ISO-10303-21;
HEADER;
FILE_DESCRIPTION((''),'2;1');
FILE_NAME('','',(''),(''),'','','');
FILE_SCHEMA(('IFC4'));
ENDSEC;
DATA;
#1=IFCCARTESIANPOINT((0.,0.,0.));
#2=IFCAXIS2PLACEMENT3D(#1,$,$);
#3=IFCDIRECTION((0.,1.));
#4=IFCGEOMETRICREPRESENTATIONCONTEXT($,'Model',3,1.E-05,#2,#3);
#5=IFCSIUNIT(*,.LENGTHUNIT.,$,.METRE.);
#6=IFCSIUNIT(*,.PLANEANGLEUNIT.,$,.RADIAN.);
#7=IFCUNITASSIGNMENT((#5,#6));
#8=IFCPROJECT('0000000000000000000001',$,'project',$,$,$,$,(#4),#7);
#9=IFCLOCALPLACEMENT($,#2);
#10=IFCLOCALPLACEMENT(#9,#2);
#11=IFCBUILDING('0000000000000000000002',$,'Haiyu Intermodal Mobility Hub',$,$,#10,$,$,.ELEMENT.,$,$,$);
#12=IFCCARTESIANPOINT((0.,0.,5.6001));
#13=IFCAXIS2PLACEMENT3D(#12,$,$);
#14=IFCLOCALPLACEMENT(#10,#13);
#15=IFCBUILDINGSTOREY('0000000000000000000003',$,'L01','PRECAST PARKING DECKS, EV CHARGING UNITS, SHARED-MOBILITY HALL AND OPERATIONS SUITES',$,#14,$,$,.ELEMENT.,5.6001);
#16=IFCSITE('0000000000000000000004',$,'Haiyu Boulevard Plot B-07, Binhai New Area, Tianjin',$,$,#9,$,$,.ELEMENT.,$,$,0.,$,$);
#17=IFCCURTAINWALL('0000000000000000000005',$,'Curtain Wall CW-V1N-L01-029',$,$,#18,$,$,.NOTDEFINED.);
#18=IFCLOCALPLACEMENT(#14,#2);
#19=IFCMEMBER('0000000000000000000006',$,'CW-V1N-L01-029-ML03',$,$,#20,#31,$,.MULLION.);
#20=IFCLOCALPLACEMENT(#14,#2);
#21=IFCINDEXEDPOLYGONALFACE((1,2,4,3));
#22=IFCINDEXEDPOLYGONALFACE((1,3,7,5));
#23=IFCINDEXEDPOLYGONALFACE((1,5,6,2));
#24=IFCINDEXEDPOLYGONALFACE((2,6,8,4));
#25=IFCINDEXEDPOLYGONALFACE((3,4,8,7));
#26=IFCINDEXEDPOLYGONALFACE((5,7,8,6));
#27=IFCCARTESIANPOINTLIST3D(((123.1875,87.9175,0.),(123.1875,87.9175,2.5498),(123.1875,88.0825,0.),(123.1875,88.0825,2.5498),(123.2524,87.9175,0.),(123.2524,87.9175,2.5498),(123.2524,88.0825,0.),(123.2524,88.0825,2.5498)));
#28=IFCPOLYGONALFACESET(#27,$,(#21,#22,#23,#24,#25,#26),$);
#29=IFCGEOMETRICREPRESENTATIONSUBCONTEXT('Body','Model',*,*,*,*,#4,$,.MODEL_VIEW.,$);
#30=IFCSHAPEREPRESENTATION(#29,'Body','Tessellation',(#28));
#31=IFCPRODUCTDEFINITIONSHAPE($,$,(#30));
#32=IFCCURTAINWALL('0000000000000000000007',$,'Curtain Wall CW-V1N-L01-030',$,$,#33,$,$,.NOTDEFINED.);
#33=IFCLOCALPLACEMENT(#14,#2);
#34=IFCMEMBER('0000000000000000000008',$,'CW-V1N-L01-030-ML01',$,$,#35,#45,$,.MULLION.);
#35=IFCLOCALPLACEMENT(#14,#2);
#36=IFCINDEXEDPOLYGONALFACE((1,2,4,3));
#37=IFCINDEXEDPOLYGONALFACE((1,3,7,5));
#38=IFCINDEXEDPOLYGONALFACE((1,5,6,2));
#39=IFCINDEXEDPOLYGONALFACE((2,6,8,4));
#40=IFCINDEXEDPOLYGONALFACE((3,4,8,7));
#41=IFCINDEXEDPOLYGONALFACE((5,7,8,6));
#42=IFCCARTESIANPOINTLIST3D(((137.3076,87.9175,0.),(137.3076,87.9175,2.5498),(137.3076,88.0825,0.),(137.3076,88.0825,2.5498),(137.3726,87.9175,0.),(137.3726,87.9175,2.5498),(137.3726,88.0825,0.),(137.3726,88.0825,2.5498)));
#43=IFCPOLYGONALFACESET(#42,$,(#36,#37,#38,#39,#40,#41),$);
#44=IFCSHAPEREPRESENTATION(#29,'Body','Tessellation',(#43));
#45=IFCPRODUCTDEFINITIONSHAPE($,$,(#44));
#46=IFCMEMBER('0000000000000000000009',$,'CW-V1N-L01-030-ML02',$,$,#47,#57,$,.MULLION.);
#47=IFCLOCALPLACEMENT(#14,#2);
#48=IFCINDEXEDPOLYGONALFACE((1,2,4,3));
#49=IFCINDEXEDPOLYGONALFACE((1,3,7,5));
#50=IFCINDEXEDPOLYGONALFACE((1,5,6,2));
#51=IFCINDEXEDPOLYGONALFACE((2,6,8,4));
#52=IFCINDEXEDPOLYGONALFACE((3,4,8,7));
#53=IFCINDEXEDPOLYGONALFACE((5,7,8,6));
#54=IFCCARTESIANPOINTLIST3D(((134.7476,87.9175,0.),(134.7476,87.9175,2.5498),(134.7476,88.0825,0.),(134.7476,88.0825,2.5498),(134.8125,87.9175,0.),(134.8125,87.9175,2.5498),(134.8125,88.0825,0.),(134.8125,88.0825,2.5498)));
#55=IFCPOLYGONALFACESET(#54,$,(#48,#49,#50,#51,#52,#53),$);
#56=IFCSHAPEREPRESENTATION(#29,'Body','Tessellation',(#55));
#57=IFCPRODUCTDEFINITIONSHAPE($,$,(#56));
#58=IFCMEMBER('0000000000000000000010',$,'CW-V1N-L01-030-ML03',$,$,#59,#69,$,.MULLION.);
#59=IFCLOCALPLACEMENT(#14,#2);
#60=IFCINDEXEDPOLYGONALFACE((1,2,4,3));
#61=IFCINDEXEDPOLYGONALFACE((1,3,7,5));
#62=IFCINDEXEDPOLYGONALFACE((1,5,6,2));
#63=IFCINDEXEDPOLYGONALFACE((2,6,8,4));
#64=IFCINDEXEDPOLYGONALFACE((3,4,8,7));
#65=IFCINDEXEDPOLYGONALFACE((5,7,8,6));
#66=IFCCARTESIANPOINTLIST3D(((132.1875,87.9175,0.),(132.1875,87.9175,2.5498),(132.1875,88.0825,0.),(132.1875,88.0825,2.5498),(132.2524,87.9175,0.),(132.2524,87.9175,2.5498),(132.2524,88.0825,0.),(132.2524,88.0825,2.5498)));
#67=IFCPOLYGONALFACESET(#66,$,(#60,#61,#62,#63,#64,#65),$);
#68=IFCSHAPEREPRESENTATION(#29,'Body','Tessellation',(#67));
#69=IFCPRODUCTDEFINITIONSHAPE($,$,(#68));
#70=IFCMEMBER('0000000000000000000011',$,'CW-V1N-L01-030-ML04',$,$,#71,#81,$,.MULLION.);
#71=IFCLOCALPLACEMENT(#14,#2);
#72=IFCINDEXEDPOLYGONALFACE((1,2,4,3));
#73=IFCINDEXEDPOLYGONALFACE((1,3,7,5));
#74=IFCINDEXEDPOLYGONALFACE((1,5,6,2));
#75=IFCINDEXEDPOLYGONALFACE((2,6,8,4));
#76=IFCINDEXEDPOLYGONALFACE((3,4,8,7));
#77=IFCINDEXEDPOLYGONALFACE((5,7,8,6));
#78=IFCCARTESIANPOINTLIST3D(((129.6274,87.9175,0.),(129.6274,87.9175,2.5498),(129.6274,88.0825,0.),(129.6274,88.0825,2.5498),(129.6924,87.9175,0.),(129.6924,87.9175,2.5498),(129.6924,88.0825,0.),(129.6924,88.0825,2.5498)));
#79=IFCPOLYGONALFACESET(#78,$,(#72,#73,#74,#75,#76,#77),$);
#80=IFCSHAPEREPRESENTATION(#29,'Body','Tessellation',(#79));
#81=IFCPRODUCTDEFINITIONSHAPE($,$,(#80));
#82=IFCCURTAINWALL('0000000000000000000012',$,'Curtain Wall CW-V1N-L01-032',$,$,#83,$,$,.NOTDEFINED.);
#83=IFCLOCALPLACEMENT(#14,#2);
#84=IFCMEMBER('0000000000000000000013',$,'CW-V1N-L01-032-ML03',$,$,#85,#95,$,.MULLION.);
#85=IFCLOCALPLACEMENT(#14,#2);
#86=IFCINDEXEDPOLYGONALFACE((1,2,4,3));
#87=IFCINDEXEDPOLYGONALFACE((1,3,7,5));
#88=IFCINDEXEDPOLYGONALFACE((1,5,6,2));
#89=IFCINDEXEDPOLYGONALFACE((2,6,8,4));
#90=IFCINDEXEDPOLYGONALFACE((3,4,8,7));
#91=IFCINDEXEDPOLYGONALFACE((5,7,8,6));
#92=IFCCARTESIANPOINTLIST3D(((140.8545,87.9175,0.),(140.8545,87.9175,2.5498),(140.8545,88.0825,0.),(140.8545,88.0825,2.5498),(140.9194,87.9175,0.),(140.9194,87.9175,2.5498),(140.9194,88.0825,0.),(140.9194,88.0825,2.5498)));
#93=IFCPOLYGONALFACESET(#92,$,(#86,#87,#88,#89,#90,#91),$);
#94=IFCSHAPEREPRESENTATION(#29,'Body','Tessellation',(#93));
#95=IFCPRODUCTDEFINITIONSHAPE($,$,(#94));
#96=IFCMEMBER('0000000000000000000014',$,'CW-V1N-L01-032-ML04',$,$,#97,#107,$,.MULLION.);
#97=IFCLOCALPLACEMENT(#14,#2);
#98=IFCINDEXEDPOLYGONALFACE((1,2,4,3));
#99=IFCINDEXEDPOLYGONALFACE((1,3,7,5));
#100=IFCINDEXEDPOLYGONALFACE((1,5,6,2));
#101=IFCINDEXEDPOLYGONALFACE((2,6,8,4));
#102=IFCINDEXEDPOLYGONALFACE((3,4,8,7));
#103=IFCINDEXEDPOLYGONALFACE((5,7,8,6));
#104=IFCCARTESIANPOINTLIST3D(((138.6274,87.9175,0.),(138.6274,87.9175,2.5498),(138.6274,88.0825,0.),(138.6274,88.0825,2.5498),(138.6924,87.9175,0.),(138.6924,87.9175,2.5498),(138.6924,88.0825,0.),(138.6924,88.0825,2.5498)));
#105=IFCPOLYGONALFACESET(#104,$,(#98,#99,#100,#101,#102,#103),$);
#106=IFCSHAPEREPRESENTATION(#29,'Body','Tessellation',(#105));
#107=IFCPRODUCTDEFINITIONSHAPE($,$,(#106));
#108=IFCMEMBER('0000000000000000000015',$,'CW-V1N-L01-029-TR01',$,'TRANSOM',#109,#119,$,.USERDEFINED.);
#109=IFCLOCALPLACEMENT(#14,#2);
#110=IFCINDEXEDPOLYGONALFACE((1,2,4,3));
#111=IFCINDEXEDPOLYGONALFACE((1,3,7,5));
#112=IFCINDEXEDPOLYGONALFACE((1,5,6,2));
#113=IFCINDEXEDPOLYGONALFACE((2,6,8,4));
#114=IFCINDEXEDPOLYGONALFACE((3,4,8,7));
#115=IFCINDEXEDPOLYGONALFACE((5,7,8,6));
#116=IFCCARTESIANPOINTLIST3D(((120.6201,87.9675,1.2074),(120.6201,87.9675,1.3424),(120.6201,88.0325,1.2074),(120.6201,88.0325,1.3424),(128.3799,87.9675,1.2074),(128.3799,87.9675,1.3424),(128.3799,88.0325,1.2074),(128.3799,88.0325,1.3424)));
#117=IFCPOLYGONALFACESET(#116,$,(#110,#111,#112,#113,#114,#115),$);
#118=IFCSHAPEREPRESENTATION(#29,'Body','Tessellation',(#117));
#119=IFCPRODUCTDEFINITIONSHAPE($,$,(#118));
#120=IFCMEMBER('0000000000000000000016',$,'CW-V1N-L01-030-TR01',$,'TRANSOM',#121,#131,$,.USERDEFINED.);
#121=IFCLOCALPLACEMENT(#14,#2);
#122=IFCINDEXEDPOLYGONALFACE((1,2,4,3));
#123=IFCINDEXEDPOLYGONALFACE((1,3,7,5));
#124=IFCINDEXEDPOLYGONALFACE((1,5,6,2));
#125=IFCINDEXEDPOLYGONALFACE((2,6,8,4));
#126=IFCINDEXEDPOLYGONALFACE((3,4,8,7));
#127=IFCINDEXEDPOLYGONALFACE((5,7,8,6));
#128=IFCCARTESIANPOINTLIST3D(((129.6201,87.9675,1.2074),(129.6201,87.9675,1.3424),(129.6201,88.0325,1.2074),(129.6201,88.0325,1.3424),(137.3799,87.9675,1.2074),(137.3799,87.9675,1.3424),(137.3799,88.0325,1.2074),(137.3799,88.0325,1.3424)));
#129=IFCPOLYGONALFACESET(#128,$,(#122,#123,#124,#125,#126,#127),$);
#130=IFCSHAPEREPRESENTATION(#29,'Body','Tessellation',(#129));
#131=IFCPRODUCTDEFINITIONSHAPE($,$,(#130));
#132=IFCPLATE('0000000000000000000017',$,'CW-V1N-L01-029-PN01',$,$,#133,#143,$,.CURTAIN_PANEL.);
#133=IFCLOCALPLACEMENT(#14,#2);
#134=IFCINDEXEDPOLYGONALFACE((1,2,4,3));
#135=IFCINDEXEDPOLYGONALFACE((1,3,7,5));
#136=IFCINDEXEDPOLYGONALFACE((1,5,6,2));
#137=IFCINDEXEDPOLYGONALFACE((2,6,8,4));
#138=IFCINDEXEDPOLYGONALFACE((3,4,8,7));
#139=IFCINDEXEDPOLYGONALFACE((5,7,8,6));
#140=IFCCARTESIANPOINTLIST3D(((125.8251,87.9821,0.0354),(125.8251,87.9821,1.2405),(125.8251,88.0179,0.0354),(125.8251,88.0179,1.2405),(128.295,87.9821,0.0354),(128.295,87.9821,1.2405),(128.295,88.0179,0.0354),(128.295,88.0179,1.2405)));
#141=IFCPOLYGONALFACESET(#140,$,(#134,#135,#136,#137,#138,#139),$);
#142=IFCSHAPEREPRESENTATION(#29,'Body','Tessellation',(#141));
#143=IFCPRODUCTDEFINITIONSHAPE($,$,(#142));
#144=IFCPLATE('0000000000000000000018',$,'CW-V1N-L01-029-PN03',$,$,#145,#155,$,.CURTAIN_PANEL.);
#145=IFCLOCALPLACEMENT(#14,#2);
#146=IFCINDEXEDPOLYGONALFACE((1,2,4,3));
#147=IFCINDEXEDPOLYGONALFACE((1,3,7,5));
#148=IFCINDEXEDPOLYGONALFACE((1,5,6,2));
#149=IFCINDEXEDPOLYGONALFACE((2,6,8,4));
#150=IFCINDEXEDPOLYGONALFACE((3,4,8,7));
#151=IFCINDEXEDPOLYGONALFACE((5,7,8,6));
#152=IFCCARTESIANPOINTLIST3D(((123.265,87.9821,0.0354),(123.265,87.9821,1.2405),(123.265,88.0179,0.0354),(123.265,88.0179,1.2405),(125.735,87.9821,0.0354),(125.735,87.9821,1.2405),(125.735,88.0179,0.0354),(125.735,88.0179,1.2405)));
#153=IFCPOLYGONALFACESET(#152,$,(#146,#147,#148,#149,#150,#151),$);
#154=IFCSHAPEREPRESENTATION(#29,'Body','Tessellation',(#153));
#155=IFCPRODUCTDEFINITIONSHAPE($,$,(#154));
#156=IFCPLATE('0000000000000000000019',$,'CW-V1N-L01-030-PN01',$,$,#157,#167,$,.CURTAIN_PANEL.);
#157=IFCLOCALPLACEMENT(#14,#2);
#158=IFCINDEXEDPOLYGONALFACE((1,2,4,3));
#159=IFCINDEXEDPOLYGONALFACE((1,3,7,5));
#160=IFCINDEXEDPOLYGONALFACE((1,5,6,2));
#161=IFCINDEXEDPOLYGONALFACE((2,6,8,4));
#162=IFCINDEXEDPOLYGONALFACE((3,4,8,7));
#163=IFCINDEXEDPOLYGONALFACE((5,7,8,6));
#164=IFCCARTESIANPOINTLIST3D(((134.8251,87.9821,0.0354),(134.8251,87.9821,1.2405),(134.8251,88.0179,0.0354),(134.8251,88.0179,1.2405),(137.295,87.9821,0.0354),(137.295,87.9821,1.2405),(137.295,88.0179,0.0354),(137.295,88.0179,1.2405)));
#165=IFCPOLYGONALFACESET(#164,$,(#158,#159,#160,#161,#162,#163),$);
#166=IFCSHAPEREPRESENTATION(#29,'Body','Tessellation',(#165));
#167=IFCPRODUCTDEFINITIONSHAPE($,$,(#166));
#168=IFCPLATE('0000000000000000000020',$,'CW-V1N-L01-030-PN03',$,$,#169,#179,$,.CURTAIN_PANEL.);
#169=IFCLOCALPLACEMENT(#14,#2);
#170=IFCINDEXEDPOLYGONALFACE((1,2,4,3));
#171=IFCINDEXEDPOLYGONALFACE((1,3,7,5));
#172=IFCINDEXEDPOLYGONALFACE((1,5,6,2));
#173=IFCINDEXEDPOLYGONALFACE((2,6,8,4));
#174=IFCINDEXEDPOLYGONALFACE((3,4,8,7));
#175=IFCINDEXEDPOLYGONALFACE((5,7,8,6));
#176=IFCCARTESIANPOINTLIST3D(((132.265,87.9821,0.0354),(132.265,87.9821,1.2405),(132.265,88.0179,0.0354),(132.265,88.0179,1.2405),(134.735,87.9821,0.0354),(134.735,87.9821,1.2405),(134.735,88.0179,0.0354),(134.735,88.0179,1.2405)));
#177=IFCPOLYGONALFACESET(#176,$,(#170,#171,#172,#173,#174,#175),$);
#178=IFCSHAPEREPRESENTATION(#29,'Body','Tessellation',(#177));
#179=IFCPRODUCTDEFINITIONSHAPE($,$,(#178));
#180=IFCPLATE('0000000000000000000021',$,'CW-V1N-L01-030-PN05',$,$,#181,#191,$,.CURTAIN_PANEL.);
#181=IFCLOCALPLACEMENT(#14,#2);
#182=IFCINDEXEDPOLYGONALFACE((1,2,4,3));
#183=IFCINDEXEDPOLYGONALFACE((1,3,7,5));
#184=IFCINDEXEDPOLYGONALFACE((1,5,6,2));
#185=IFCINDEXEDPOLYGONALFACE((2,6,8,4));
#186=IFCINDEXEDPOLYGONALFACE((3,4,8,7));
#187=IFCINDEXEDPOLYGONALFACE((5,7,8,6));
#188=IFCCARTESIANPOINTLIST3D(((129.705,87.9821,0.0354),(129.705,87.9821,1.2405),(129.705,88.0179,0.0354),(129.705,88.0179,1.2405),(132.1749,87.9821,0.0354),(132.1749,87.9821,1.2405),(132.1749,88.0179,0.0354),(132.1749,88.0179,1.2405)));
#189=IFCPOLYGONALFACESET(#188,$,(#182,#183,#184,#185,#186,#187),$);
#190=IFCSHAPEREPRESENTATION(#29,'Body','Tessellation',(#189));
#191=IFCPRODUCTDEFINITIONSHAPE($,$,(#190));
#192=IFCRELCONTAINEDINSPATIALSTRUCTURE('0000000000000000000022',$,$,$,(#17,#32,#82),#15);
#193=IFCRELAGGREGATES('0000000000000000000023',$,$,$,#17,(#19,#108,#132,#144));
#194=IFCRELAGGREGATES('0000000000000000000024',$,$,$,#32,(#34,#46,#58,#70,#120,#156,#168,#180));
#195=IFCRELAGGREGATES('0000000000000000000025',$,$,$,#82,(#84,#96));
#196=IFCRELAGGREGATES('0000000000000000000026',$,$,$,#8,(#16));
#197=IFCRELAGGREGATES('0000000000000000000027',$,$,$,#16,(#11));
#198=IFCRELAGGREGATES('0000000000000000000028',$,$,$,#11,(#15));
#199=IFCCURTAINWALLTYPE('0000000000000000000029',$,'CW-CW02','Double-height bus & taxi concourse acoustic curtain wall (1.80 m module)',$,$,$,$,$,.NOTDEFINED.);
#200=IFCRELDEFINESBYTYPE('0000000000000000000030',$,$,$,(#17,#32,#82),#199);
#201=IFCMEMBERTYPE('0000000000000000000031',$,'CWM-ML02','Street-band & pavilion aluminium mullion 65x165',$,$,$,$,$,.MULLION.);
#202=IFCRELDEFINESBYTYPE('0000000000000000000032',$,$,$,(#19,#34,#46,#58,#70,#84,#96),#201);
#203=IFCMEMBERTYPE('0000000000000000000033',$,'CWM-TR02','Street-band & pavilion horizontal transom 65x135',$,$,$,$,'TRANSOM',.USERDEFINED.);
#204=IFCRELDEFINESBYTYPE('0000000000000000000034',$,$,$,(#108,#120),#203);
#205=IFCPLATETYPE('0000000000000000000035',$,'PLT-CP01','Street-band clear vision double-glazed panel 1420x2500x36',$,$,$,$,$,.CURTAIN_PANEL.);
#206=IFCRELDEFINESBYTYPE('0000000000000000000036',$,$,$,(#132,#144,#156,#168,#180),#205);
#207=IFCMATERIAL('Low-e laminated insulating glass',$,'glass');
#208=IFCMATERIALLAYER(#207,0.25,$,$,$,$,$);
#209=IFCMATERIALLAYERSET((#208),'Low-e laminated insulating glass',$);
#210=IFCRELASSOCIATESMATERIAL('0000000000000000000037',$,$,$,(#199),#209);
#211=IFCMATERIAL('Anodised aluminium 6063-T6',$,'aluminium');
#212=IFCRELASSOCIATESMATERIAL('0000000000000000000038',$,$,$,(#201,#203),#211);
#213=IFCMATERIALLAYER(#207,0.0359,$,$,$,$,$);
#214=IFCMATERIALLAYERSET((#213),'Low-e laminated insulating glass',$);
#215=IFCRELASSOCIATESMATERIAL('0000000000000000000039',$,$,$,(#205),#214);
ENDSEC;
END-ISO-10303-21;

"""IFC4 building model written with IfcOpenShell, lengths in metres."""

from ifc_helpers import new_model, si_unit, direction, frame, origin, origin_2d, place, context, subcontext, project, spatial, rectangle, extrude, material, layer, layer_set, material_profile, profile_set, type_object, element, aggregate, save


model = new_model("IFC4")

# Units and contexts
model_context = context("Model", 3, precision=1e-05, world=origin(), true_north=direction((0.0, 1.0)))
body_context = subcontext(model_context, "Body", "Model", "MODEL_VIEW")
ifc_project = project(units=[si_unit("LENGTHUNIT", "METRE"), si_unit("PLANEANGLEUNIT", "RADIAN")], contexts=[model_context])

# Site, building, storey
site_placement = place(None, origin())
site = spatial("IfcSite", under=ifc_project, at=site_placement, Name="Haiyu Boulevard Plot B-07, Binhai New Area, Tianjin", CompositionType="ELEMENT", RefElevation=0.0)
building_placement = place(site_placement, origin())
building = spatial("IfcBuilding", under=site, at=building_placement, Name="Haiyu Intermodal Mobility Hub", CompositionType="ELEMENT")
storey_placement = place(building_placement, frame((0.0, 0.0, 5.6001)))
storey = spatial("IfcBuildingStorey", under=building, at=storey_placement, Name="L01", Description="PRECAST PARKING DECKS, EV CHARGING UNITS, SHARED-MOBILITY HALL AND OPERATIONS SUITES", CompositionType="ELEMENT", Elevation=5.6001)

# Curtain walls, members
ifc_material_1 = material(Name="Low-e laminated insulating glass", Category="glass")
ifc_layer_1 = layer(ifc_material_1, 0.25)
ifc_layer_set_1 = layer_set([ifc_layer_1], Name="Low-e laminated insulating glass")
curtain_wall_type = type_object("IfcCurtainWallType", Name="CW-CW02", Description="Double-height bus & taxi concourse acoustic curtain wall (1.80 m module)", PredefinedType="NOTDEFINED", material=ifc_layer_set_1)
curtain_wall_1_placement = place(storey_placement, origin())
curtain_wall_1 = element("IfcCurtainWall", 1, at=curtain_wall_1_placement, inside=storey, type_object=curtain_wall_type, Name="Curtain Wall CW-V1N-L01-029", PredefinedType="NOTDEFINED")
ifc_material_2 = material(Name="Anodised aluminium 6063-T6", Category="aluminium")
ifc_material_profile_1 = material_profile(ifc_material_2, rectangle(XDim=0.0649, YDim=0.165, at=origin_2d()), Name="ALU65x165")
ifc_profile_set_1 = profile_set([ifc_material_profile_1], Name="Anodised aluminium 6063-T6")
member_type_1 = type_object("IfcMemberType", Name="CWM-ML02", Description="Street-band & pavilion aluminium mullion 65x165", PredefinedType="MULLION", material=ifc_profile_set_1)
member_1_placement = place(storey_placement, frame((123.22, 88.0, 0.0), z_axis=(0.0, 0.0, 1.0), x_axis=(1.0, 0.0, 0.0)))
member_1 = element("IfcMember", 2, at=member_1_placement, type_object=member_type_1, Name="CW-V1N-L01-029-ML03", PredefinedType="MULLION", context=body_context, shape_type="SweptSolid", body=[
    extrude(rectangle(XDim=0.0649, YDim=0.165, at=origin_2d()), origin(), (0.0, 0.0, 1.0), 2.5498),
])
curtain_wall_2_placement = place(storey_placement, origin())
curtain_wall_2 = element("IfcCurtainWall", 3, at=curtain_wall_2_placement, inside=storey, type_object=curtain_wall_type, Name="Curtain Wall CW-V1N-L01-030", PredefinedType="NOTDEFINED")
member_2_placement = place(storey_placement, frame((137.3401, 88.0, 0.0), z_axis=(0.0, 0.0, 1.0), x_axis=(1.0, 0.0, 0.0)))
member_2 = element("IfcMember", 4, at=member_2_placement, type_object=member_type_1, Name="CW-V1N-L01-030-ML01", PredefinedType="MULLION", context=body_context, shape_type="SweptSolid", body=[
    extrude(rectangle(XDim=0.0649, YDim=0.165, at=origin_2d()), origin(), (0.0, 0.0, 1.0), 2.5498),
])
member_3_placement = place(storey_placement, frame((134.78, 88.0, 0.0), z_axis=(0.0, 0.0, 1.0), x_axis=(1.0, 0.0, 0.0)))
member_3 = element("IfcMember", 5, at=member_3_placement, type_object=member_type_1, Name="CW-V1N-L01-030-ML02", PredefinedType="MULLION", context=body_context, shape_type="SweptSolid", body=[
    extrude(rectangle(XDim=0.0649, YDim=0.165, at=origin_2d()), origin(), (0.0, 0.0, 1.0), 2.5498),
])
member_4_placement = place(storey_placement, frame((132.22, 88.0, 0.0), z_axis=(0.0, 0.0, 1.0), x_axis=(1.0, 0.0, 0.0)))
member_4 = element("IfcMember", 6, at=member_4_placement, type_object=member_type_1, Name="CW-V1N-L01-030-ML03", PredefinedType="MULLION", context=body_context, shape_type="SweptSolid", body=[
    extrude(rectangle(XDim=0.0649, YDim=0.165, at=origin_2d()), origin(), (0.0, 0.0, 1.0), 2.5498),
])
member_5_placement = place(storey_placement, frame((129.6599, 88.0, 0.0), z_axis=(0.0, 0.0, 1.0), x_axis=(1.0, 0.0, 0.0)))
member_5 = element("IfcMember", 7, at=member_5_placement, type_object=member_type_1, Name="CW-V1N-L01-030-ML04", PredefinedType="MULLION", context=body_context, shape_type="SweptSolid", body=[
    extrude(rectangle(XDim=0.0649, YDim=0.165, at=origin_2d()), origin(), (0.0, 0.0, 1.0), 2.5498),
])
curtain_wall_3_placement = place(storey_placement, origin())
curtain_wall_3 = element("IfcCurtainWall", 8, at=curtain_wall_3_placement, inside=storey, type_object=curtain_wall_type, Name="Curtain Wall CW-V1N-L01-032", PredefinedType="NOTDEFINED")
member_6_placement = place(storey_placement, frame((140.887, 88.0, 0.0), z_axis=(0.0, 0.0, 1.0), x_axis=(1.0, 0.0, 0.0)))
member_6 = element("IfcMember", 9, at=member_6_placement, type_object=member_type_1, Name="CW-V1N-L01-032-ML03", PredefinedType="MULLION", context=body_context, shape_type="SweptSolid", body=[
    extrude(rectangle(XDim=0.0649, YDim=0.165, at=origin_2d()), origin(), (0.0, 0.0, 1.0), 2.5498),
])
member_7_placement = place(storey_placement, frame((138.6599, 88.0, 0.0), z_axis=(0.0, 0.0, 1.0), x_axis=(1.0, 0.0, 0.0)))
member_7 = element("IfcMember", 10, at=member_7_placement, type_object=member_type_1, Name="CW-V1N-L01-032-ML04", PredefinedType="MULLION", context=body_context, shape_type="SweptSolid", body=[
    extrude(rectangle(XDim=0.0649, YDim=0.165, at=origin_2d()), origin(), (0.0, 0.0, 1.0), 2.5498),
])

# Members
ifc_material_profile_2 = material_profile(ifc_material_2, rectangle(XDim=0.0649, YDim=0.135, at=origin_2d()), Name="ALU65x135")
ifc_profile_set_2 = profile_set([ifc_material_profile_2], Name="Anodised aluminium 6063-T6")
member_type_2 = type_object("IfcMemberType", Name="CWM-TR02", Description="Street-band & pavilion horizontal transom 65x135", ElementType="TRANSOM", PredefinedType="USERDEFINED", material=ifc_profile_set_2)
member_8_placement = place(storey_placement, frame((128.3799, 88.0, 1.2749), z_axis=(-1.0, 0.0, 0.0), x_axis=(0.0, -1.0, 0.0)))
member_8 = element("IfcMember", 11, at=member_8_placement, type_object=member_type_2, Name="CW-V1N-L01-029-TR01", ObjectType="TRANSOM", PredefinedType="USERDEFINED", context=body_context, shape_type="SweptSolid", body=[
    extrude(rectangle(XDim=0.0649, YDim=0.135, at=origin_2d()), origin(), (0.0, 0.0, 1.0), 7.7598),
])
member_9_placement = place(storey_placement, frame((137.3799, 88.0, 1.2749), z_axis=(-1.0, 0.0, 0.0), x_axis=(0.0, -1.0, 0.0)))
member_9 = element("IfcMember", 12, at=member_9_placement, type_object=member_type_2, Name="CW-V1N-L01-030-TR01", ObjectType="TRANSOM", PredefinedType="USERDEFINED", context=body_context, shape_type="SweptSolid", body=[
    extrude(rectangle(XDim=0.0649, YDim=0.135, at=origin_2d()), origin(), (0.0, 0.0, 1.0), 7.7598),
])

# Plates
ifc_layer_2 = layer(ifc_material_1, 0.0359)
ifc_layer_set_2 = layer_set([ifc_layer_2], Name="Low-e laminated insulating glass")
plate_type_1 = type_object("IfcPlateType", Name="PLT-CP01", Description="Street-band clear vision double-glazed panel 1420x2500x36", PredefinedType="CURTAIN_PANEL", material=ifc_layer_set_2)
plate_1_placement = place(storey_placement, frame((127.0601, 88.0, 0.0354), z_axis=(0.0, 0.0, 1.0), x_axis=(-1.0, 0.0, 0.0)))
plate_1 = element("IfcPlate", 13, at=plate_1_placement, type_object=plate_type_1, Name="CW-V1N-L01-029-PN01", PredefinedType="CURTAIN_PANEL", context=body_context, shape_type="SweptSolid", body=[
    extrude(rectangle(XDim=2.47, YDim=0.0359, at=origin_2d()), origin(), (0.0, 0.0, 1.0), 1.2051),
])
plate_2_placement = place(storey_placement, frame((124.5, 88.0, 0.0354), z_axis=(0.0, 0.0, 1.0), x_axis=(-1.0, 0.0, 0.0)))
plate_2 = element("IfcPlate", 14, at=plate_2_placement, type_object=plate_type_1, Name="CW-V1N-L01-029-PN03", PredefinedType="CURTAIN_PANEL", context=body_context, shape_type="SweptSolid", body=[
    extrude(rectangle(XDim=2.47, YDim=0.0359, at=origin_2d()), origin(), (0.0, 0.0, 1.0), 1.2051),
])
plate_3_placement = place(storey_placement, frame((136.0601, 88.0, 0.0354), z_axis=(0.0, 0.0, 1.0), x_axis=(-1.0, 0.0, 0.0)))
plate_3 = element("IfcPlate", 15, at=plate_3_placement, type_object=plate_type_1, Name="CW-V1N-L01-030-PN01", PredefinedType="CURTAIN_PANEL", context=body_context, shape_type="SweptSolid", body=[
    extrude(rectangle(XDim=2.47, YDim=0.0359, at=origin_2d()), origin(), (0.0, 0.0, 1.0), 1.2051),
])
plate_4_placement = place(storey_placement, frame((133.5, 88.0, 0.0354), z_axis=(0.0, 0.0, 1.0), x_axis=(-1.0, 0.0, 0.0)))
plate_4 = element("IfcPlate", 16, at=plate_4_placement, type_object=plate_type_1, Name="CW-V1N-L01-030-PN03", PredefinedType="CURTAIN_PANEL", context=body_context, shape_type="SweptSolid", body=[
    extrude(rectangle(XDim=2.47, YDim=0.0359, at=origin_2d()), origin(), (0.0, 0.0, 1.0), 1.2051),
])
plate_5_placement = place(storey_placement, frame((130.9399, 88.0, 0.0354), z_axis=(0.0, 0.0, 1.0), x_axis=(-1.0, 0.0, 0.0)))
plate_5 = element("IfcPlate", 17, at=plate_5_placement, type_object=plate_type_1, Name="CW-V1N-L01-030-PN05", PredefinedType="CURTAIN_PANEL", context=body_context, shape_type="SweptSolid", body=[
    extrude(rectangle(XDim=2.47, YDim=0.0359, at=origin_2d()), origin(), (0.0, 0.0, 1.0), 1.2051),
])
aggregate(curtain_wall_1, [member_1, member_8, plate_1, plate_2])
aggregate(curtain_wall_2, [member_2, member_3, member_4, member_5, member_9, plate_3, plate_4, plate_5])
aggregate(curtain_wall_3, [member_6, member_7])

save(model, "model.ifc")
